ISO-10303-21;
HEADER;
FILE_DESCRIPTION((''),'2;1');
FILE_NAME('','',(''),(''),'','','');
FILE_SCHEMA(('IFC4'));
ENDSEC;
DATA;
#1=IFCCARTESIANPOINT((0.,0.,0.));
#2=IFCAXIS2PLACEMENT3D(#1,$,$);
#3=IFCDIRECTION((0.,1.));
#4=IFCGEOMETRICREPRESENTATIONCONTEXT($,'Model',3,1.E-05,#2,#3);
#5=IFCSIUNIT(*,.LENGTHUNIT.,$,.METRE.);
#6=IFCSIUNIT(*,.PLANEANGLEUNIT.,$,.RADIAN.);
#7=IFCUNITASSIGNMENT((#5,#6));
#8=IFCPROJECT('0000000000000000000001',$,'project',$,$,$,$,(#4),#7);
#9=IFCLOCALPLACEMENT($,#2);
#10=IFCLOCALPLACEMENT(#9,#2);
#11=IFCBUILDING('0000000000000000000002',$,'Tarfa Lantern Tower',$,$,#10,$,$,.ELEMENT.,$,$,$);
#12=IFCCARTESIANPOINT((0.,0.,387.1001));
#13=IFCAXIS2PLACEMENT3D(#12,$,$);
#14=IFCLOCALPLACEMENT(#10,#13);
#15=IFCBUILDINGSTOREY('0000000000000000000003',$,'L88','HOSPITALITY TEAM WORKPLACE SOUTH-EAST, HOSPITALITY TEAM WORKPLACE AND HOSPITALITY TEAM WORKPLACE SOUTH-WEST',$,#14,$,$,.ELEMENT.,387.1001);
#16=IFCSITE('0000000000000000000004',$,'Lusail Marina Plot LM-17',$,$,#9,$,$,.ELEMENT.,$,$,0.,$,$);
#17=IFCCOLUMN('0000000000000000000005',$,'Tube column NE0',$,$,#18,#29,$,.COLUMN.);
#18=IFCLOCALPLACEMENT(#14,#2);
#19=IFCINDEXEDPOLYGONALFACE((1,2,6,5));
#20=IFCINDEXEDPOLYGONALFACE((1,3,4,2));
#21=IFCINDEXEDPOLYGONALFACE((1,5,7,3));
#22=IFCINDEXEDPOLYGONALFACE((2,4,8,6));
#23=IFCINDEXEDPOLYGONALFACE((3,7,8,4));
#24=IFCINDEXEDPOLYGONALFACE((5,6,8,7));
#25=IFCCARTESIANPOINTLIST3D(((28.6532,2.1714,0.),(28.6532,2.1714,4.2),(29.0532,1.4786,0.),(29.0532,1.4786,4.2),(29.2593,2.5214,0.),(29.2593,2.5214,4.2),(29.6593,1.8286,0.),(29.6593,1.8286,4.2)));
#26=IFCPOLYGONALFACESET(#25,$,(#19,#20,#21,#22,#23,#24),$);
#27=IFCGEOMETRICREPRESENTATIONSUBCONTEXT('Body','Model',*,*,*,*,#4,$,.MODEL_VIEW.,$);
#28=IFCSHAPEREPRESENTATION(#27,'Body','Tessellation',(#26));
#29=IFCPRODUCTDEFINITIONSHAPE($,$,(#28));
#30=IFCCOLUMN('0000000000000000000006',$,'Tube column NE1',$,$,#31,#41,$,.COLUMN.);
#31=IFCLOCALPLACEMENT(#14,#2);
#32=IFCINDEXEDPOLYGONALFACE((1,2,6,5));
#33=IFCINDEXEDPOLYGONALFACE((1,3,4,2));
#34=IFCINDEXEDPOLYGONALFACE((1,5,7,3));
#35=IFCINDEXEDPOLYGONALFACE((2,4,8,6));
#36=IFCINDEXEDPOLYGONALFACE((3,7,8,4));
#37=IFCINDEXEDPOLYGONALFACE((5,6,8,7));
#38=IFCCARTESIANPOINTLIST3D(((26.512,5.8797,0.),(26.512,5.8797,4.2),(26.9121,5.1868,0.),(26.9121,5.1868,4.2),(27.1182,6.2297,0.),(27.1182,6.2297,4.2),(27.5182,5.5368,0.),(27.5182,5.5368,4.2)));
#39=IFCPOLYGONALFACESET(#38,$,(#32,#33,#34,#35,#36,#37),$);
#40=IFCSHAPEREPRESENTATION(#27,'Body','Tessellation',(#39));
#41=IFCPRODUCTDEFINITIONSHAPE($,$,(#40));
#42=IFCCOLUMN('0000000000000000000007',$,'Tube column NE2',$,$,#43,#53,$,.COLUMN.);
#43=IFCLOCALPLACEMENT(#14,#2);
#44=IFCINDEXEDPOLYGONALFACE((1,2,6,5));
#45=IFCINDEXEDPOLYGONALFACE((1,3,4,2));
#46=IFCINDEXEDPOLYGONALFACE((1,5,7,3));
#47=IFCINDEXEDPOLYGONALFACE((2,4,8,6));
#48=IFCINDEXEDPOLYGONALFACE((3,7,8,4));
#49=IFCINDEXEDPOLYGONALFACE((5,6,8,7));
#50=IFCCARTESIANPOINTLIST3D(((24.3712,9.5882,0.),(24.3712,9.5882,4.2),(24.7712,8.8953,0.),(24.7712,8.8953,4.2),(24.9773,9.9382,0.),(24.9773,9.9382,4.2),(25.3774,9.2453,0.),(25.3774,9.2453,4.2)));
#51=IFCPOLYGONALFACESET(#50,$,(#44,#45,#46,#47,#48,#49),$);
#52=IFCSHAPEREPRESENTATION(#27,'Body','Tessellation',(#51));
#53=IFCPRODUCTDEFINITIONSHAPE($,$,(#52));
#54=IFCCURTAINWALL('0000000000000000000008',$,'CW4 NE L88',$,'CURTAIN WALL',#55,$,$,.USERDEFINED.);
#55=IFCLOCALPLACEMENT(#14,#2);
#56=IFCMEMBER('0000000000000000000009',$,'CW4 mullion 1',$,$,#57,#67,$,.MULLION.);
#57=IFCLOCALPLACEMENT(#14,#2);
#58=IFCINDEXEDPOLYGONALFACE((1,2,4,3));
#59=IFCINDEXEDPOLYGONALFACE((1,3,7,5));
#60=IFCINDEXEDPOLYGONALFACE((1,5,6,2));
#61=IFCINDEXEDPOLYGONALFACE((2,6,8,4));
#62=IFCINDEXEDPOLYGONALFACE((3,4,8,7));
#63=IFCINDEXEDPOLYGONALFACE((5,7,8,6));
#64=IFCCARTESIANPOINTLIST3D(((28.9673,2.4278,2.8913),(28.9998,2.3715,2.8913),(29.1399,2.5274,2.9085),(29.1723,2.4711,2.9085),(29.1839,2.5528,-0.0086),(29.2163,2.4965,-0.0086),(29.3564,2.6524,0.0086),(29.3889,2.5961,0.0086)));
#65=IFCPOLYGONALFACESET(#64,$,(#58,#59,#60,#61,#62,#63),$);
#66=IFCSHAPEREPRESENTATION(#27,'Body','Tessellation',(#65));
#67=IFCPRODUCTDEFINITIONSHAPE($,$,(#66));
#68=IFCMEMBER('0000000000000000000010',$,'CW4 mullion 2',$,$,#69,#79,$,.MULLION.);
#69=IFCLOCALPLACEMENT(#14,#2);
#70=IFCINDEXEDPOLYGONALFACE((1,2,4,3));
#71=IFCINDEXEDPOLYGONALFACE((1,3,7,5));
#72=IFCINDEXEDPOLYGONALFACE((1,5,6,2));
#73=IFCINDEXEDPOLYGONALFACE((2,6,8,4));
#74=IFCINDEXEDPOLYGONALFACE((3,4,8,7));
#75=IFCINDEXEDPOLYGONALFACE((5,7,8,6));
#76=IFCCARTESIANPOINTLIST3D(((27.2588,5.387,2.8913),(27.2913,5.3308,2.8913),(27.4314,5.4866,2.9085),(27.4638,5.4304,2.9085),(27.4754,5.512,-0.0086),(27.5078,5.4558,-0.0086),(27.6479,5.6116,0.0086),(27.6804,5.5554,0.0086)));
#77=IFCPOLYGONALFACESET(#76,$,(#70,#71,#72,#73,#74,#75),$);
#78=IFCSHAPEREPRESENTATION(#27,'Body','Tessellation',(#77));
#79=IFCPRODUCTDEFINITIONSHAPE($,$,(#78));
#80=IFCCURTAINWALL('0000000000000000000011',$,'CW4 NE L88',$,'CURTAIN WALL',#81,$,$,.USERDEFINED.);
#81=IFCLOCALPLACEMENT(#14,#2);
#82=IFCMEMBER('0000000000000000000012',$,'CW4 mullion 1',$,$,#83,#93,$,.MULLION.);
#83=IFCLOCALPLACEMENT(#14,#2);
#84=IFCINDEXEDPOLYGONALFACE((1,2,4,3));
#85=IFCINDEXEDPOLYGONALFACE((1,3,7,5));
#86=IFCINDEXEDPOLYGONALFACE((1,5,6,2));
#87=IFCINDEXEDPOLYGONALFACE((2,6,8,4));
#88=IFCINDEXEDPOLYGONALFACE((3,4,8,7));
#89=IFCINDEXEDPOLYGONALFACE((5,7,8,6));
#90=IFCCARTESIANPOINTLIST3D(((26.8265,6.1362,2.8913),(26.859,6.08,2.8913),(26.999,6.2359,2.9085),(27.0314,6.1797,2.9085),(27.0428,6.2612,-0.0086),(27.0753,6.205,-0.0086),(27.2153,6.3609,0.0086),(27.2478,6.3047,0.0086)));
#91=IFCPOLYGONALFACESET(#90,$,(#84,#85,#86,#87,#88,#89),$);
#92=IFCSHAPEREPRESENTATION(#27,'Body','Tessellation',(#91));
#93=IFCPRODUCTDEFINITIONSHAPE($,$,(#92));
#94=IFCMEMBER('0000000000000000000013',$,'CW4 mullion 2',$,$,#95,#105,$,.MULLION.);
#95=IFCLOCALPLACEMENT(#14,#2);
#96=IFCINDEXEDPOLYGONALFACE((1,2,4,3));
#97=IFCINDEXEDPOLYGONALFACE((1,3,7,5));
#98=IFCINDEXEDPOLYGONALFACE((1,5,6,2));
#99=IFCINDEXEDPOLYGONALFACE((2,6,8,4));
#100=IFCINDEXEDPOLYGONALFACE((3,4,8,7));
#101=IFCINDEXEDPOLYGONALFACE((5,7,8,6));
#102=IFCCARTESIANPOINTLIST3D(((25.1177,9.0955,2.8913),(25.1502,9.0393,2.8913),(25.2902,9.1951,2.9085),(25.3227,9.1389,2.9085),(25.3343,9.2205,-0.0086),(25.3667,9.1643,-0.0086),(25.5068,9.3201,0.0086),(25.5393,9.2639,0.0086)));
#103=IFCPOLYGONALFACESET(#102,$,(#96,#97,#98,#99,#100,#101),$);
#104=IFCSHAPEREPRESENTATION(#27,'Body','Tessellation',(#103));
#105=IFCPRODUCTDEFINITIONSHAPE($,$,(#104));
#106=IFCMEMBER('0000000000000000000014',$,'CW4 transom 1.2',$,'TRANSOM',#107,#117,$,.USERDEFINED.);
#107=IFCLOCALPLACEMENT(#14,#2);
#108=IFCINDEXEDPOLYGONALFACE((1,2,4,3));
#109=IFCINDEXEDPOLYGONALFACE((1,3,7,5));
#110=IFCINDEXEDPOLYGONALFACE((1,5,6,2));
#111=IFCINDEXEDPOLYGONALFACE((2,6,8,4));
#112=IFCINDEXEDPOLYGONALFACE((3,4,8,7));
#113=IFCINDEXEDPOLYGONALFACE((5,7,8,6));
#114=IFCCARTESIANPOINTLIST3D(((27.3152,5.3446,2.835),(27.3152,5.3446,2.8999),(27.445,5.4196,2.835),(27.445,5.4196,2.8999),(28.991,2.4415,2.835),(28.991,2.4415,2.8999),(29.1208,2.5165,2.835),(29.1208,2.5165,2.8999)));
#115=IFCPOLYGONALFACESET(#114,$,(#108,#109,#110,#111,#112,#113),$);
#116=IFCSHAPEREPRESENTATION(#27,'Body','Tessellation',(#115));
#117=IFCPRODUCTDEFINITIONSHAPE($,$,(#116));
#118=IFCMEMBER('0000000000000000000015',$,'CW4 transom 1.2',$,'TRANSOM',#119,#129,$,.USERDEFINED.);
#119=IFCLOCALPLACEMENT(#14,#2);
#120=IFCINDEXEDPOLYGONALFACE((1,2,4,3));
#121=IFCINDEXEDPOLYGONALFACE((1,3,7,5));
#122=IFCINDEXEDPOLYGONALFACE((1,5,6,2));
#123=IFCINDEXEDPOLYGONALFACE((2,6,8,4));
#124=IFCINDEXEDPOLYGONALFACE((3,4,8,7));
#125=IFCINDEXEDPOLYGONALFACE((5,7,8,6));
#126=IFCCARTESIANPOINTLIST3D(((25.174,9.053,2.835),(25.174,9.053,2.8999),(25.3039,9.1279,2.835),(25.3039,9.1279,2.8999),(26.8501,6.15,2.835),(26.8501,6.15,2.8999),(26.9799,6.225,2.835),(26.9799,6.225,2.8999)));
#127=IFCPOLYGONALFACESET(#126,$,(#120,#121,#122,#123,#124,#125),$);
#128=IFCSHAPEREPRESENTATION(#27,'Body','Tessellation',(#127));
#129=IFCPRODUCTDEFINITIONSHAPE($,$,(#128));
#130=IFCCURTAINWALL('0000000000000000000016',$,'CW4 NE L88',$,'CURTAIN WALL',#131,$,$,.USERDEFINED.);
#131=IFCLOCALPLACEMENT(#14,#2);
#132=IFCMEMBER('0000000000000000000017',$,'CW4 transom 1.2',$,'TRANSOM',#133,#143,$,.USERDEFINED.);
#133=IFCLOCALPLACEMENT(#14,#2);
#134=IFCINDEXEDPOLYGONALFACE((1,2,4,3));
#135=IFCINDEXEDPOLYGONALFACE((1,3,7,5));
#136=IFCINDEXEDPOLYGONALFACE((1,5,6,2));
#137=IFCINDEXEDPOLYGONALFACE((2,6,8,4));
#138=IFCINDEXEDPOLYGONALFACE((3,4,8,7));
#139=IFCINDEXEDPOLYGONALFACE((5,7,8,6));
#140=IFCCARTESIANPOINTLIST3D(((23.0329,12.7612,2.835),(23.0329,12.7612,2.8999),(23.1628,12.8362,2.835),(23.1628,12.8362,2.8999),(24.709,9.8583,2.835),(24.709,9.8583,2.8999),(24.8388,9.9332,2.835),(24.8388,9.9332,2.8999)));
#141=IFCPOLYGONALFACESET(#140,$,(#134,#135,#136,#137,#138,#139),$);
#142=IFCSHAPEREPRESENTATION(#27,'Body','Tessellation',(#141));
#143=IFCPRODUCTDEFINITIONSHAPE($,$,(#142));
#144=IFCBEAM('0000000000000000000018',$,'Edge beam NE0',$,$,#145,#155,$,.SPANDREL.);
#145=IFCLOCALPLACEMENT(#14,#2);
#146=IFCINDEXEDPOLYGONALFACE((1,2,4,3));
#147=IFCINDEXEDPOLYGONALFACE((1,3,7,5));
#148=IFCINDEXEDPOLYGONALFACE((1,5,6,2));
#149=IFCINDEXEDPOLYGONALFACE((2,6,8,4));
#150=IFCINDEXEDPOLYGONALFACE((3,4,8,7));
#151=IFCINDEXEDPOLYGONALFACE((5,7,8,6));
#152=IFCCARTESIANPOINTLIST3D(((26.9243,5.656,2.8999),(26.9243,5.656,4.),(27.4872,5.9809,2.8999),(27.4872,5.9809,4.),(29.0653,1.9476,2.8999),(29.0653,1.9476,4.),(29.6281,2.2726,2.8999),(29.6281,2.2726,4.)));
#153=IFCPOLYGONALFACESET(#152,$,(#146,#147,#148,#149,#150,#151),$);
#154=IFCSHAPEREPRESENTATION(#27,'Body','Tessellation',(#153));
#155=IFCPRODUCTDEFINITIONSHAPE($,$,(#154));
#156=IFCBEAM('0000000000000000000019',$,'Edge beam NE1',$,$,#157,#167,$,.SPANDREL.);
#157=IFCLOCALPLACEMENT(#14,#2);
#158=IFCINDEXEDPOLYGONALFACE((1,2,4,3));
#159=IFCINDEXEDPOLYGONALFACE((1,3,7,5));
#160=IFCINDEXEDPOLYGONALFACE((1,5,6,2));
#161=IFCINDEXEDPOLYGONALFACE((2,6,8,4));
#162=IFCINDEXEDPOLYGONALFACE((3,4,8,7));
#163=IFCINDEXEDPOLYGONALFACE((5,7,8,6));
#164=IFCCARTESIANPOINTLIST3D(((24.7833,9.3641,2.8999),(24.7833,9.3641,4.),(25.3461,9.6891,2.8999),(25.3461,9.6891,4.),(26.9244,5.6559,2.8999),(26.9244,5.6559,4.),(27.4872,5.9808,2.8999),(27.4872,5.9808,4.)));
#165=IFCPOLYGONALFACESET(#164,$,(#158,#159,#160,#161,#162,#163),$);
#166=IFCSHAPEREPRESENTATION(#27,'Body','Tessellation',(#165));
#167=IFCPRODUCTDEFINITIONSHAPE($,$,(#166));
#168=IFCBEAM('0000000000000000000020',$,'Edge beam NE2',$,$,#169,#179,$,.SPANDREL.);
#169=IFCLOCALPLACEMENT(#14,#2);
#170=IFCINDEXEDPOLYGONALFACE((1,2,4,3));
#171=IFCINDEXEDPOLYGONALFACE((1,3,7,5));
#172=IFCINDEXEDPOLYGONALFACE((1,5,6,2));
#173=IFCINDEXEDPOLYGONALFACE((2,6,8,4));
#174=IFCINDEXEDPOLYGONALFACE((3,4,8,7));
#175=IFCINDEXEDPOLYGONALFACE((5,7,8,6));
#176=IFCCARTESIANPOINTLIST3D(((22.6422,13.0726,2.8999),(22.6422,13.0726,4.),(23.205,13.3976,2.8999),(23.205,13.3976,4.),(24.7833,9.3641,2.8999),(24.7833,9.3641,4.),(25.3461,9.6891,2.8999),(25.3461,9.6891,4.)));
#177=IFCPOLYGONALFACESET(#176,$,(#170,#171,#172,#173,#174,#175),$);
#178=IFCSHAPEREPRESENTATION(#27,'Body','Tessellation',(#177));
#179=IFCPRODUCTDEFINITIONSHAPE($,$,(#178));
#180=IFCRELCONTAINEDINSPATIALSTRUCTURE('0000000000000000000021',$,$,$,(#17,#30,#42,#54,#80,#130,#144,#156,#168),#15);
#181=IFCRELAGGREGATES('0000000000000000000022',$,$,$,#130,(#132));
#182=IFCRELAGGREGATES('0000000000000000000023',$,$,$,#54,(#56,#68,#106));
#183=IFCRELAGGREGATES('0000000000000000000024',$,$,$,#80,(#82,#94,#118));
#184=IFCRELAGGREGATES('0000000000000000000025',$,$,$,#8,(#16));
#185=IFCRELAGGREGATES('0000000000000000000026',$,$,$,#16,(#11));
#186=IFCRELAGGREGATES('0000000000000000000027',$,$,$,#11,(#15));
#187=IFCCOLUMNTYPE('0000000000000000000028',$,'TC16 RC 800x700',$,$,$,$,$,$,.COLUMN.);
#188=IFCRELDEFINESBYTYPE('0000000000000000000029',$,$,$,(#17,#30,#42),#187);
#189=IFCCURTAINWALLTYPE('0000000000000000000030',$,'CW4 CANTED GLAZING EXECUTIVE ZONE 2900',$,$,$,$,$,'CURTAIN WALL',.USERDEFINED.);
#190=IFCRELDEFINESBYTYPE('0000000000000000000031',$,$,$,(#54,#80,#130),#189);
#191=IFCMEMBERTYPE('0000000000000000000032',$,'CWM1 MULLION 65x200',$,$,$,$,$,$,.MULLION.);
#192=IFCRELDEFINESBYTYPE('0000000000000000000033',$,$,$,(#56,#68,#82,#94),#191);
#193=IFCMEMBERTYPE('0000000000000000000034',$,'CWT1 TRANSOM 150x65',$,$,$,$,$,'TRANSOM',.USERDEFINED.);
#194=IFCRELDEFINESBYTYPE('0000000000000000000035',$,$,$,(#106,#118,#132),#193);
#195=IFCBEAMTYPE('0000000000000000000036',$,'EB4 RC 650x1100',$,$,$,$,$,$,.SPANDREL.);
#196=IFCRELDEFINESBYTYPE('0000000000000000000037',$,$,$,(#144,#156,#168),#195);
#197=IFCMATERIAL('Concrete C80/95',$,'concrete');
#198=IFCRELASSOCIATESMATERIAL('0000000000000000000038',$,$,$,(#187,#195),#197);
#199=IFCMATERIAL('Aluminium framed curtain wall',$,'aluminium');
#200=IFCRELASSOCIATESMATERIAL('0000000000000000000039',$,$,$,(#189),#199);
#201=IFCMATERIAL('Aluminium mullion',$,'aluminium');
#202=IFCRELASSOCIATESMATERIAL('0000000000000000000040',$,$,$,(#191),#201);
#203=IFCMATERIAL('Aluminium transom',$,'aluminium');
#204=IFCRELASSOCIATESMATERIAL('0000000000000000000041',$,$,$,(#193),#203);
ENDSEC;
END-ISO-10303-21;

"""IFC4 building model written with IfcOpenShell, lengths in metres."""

from ifc_helpers import new_model, si_unit, direction, frame, origin, origin_2d, place, context, subcontext, project, spatial, rectangle, extrude, material, material_profile, profile_set, type_object, element, aggregate, save


model = new_model("IFC4")

# Units and contexts
model_context = context("Model", 3, precision=1e-05, world=origin(), true_north=direction((0.0, 1.0)))
body_context = subcontext(model_context, "Body", "Model", "MODEL_VIEW")
ifc_project = project(units=[si_unit("LENGTHUNIT", "METRE"), si_unit("PLANEANGLEUNIT", "RADIAN")], contexts=[model_context])

# Site, building, storey
site_placement = place(None, origin())
site = spatial("IfcSite", under=ifc_project, at=site_placement, Name="Lusail Marina Plot LM-17", CompositionType="ELEMENT", RefElevation=0.0)
building_placement = place(site_placement, origin())
building = spatial("IfcBuilding", under=site, at=building_placement, Name="Tarfa Lantern Tower", CompositionType="ELEMENT")
storey_placement = place(building_placement, frame((0.0, 0.0, 387.1001)))
storey = spatial("IfcBuildingStorey", under=building, at=storey_placement, Name="L88", Description="HOSPITALITY TEAM WORKPLACE SOUTH-EAST, HOSPITALITY TEAM WORKPLACE AND HOSPITALITY TEAM WORKPLACE SOUTH-WEST", CompositionType="ELEMENT", Elevation=387.1001)

# Columns
ifc_material_1 = material(Name="Concrete C80/95", Category="concrete")
ifc_material_profile_1 = material_profile(ifc_material_1, rectangle(XDim=0.8, YDim=0.7, at=origin_2d()), Name="RC 800x700")
ifc_profile_set_1 = profile_set([ifc_material_profile_1], Name="Concrete C80/95")
column_type = type_object("IfcColumnType", Name="TC16 RC 800x700", PredefinedType="COLUMN", material=ifc_profile_set_1)
for number, where, z_axis, x_axis, name in (
    (1, (29.1562, 2.0, 0.0), (0.0, 0.0, 1.0), (-0.5, 0.866025, 0.0), "Tube column NE0"),
    (2, (27.0151, 5.7083, 0.0), (0.0, 0.0, 1.0), (-0.5, 0.866025, 0.0), "Tube column NE1"),
    (3, (24.8743, 9.4167, 0.0), (0.0, 0.0, 1.0), (-0.5, 0.866025, 0.0), "Tube column NE2"),
):
    element("IfcColumn", number, at=place(storey_placement, frame(where, z_axis=z_axis, x_axis=x_axis)), inside=storey, type_object=column_type, Name=name, PredefinedType="COLUMN", context=body_context, shape_type="SweptSolid", body=[
        extrude(rectangle(XDim=0.8, YDim=0.7, at=origin_2d()), origin(), (0.0, 0.0, 1.0), 4.2),
    ])

# Curtain walls, members
ifc_material_2 = material(Name="Aluminium framed curtain wall", Category="aluminium")
curtain_wall_type = type_object("IfcCurtainWallType", Name="CW4 CANTED GLAZING EXECUTIVE ZONE 2900", ElementType="CURTAIN WALL", PredefinedType="USERDEFINED", material=ifc_material_2)
curtain_wall_1_placement = place(storey_placement, origin())
curtain_wall_1 = element("IfcCurtainWall", 4, at=curtain_wall_1_placement, inside=storey, type_object=curtain_wall_type, Name="CW4 NE L88", ObjectType="CURTAIN WALL", PredefinedType="USERDEFINED")
ifc_material_3 = material(Name="Aluminium mullion", Category="aluminium")
ifc_material_profile_2 = material_profile(ifc_material_3, rectangle(XDim=0.0649, YDim=0.2, at=origin_2d()), Name="AL MULLION 65x200")
ifc_profile_set_2 = profile_set([ifc_material_profile_2], Name="Aluminium mullion")
member_type_1 = type_object("IfcMemberType", Name="CWM1 MULLION 65x200", PredefinedType="MULLION", material=ifc_profile_set_2)
member_1_placement = place(storey_placement, frame((29.2864, 2.5745, 0.0), z_axis=(-0.0744, -0.042946, 0.996303), x_axis=(0.49992, -0.866072, 0.0)))
member_1 = element("IfcMember", 5, at=member_1_placement, type_object=member_type_1, Name="CW4 mullion 1", PredefinedType="MULLION", context=body_context, shape_type="SweptSolid", body=[
    extrude(rectangle(XDim=0.0649, YDim=0.2, at=origin_2d()), origin(), (0.0, 0.0, 1.0), 2.9106),
])
member_2_placement = place(storey_placement, frame((27.5779, 5.5337, 0.0), z_axis=(-0.0744, -0.042946, 0.996303), x_axis=(0.49992, -0.866072, 0.0)))
member_2 = element("IfcMember", 6, at=member_2_placement, type_object=member_type_1, Name="CW4 mullion 2", PredefinedType="MULLION", context=body_context, shape_type="SweptSolid", body=[
    extrude(rectangle(XDim=0.0649, YDim=0.2, at=origin_2d()), origin(), (0.0, 0.0, 1.0), 2.9106),
])
curtain_wall_2_placement = place(storey_placement, origin())
curtain_wall_2 = element("IfcCurtainWall", 7, at=curtain_wall_2_placement, inside=storey, type_object=curtain_wall_type, Name="CW4 NE L88", ObjectType="CURTAIN WALL", PredefinedType="USERDEFINED")
member_3_placement = place(storey_placement, frame((27.1453, 6.283, 0.0), z_axis=(-0.074316, -0.042946, 0.99631), x_axis=(0.500343, -0.865827, 0.0)))
member_3 = element("IfcMember", 8, at=member_3_placement, type_object=member_type_1, Name="CW4 mullion 1", PredefinedType="MULLION", context=body_context, shape_type="SweptSolid", body=[
    extrude(rectangle(XDim=0.0649, YDim=0.2, at=origin_2d()), origin(), (0.0, 0.0, 1.0), 2.9106),
])
member_4_placement = place(storey_placement, frame((25.4368, 9.2422, 0.0), z_axis=(-0.0744, -0.042946, 0.996303), x_axis=(0.49992, -0.866072, 0.0)))
member_4 = element("IfcMember", 9, at=member_4_placement, type_object=member_type_1, Name="CW4 mullion 2", PredefinedType="MULLION", context=body_context, shape_type="SweptSolid", body=[
    extrude(rectangle(XDim=0.0649, YDim=0.2, at=origin_2d()), origin(), (0.0, 0.0, 1.0), 2.9106),
])

# Members
ifc_material_4 = material(Name="Aluminium transom", Category="aluminium")
ifc_material_profile_3 = material_profile(ifc_material_4, rectangle(XDim=0.1499, YDim=0.0649, at=origin_2d()), Name="AL TRANSOM 150x65")
ifc_profile_set_3 = profile_set([ifc_material_profile_3], Name="Aluminium transom")
member_type_2 = type_object("IfcMemberType", Name="CWT1 TRANSOM 150x65", ElementType="TRANSOM", PredefinedType="USERDEFINED", material=ifc_profile_set_3)
member_5_placement = place(storey_placement, frame((29.0559, 2.479, 2.8674), z_axis=(-0.499931, 0.866066, 0.0), x_axis=(-0.866066, -0.499931, 0.0)))
member_5 = element("IfcMember", 10, at=member_5_placement, type_object=member_type_2, Name="CW4 transom 1.2", ObjectType="TRANSOM", PredefinedType="USERDEFINED", context=body_context, shape_type="SweptSolid", body=[
    extrude(rectangle(XDim=0.1499, YDim=0.0649, at=origin_2d()), origin(), (0.0, 0.0, 1.0), 3.3521),
])
member_6_placement = place(storey_placement, frame((26.915, 6.1875, 2.8674), z_axis=(-0.500017, 0.866016, 0.0), x_axis=(-0.866016, -0.500017, 0.0)))
member_6 = element("IfcMember", 11, at=member_6_placement, type_object=member_type_2, Name="CW4 transom 1.2", ObjectType="TRANSOM", PredefinedType="USERDEFINED", context=body_context, shape_type="SweptSolid", body=[
    extrude(rectangle(XDim=0.1499, YDim=0.0649, at=origin_2d()), origin(), (0.0, 0.0, 1.0), 3.3521),
])

# Curtain wall, member
curtain_wall_3_placement = place(storey_placement, origin())
curtain_wall_3 = element("IfcCurtainWall", 12, at=curtain_wall_3_placement, inside=storey, type_object=curtain_wall_type, Name="CW4 NE L88", ObjectType="CURTAIN WALL", PredefinedType="USERDEFINED")
member_7_placement = place(storey_placement, frame((24.7739, 9.8958, 2.8674), z_axis=(-0.500017, 0.866016, 0.0), x_axis=(-0.866016, -0.500017, 0.0)))
member_7 = element("IfcMember", 13, at=member_7_placement, type_object=member_type_2, Name="CW4 transom 1.2", ObjectType="TRANSOM", PredefinedType="USERDEFINED", context=body_context, shape_type="SweptSolid", body=[
    extrude(rectangle(XDim=0.1499, YDim=0.0649, at=origin_2d()), origin(), (0.0, 0.0, 1.0), 3.3521),
])
aggregate(curtain_wall_3, [member_7])

# Beams
ifc_material_profile_4 = material_profile(ifc_material_1, rectangle(XDim=0.6499, YDim=1.1001, at=origin_2d()), Name="RC 650x1100")
ifc_profile_set_4 = profile_set([ifc_material_profile_4], Name="Concrete C80/95")
beam_type_1 = type_object("IfcBeamType", Name="EB4 RC 650x1100", PredefinedType="SPANDREL", material=ifc_profile_set_4)
for number, where, z_axis, x_axis, name in (
    (14, (29.3467, 2.1101, 3.45), (-0.499984, 0.866035, 0.0), (-0.866035, -0.499984, 0.0), "Edge beam NE0"),
    (15, (27.2058, 5.8184, 3.45), (-0.500027, 0.86601, 0.0), (-0.86601, -0.500027, 0.0), "Edge beam NE1"),
):
    element("IfcBeam", number, at=place(storey_placement, frame(where, z_axis=z_axis, x_axis=x_axis)), inside=storey, type_object=beam_type_1, Name=name, PredefinedType="SPANDREL", context=body_context, shape_type="SweptSolid", body=[
        extrude(rectangle(XDim=0.6499, YDim=1.1001, at=origin_2d()), origin(), (0.0, 0.0, 1.0), 4.282),
    ])
beam_1_placement = place(storey_placement, frame((25.0647, 9.5266, 3.45), z_axis=(-0.500002, 0.866024, 0.0), x_axis=(-0.866024, -0.500002, 0.0)))
element("IfcBeam", 16, at=beam_1_placement, inside=storey, type_object=beam_type_1, Name="Edge beam NE2", PredefinedType="SPANDREL", context=body_context, shape_type="SweptSolid", body=[
    extrude(rectangle(XDim=0.6499, YDim=1.1001, at=origin_2d()), origin(), (0.0, 0.0, 1.0), 4.2822),
])

aggregate(curtain_wall_1, [member_1, member_2, member_5])
aggregate(curtain_wall_2, [member_3, member_4, member_6])

save(model, "model.ifc")
